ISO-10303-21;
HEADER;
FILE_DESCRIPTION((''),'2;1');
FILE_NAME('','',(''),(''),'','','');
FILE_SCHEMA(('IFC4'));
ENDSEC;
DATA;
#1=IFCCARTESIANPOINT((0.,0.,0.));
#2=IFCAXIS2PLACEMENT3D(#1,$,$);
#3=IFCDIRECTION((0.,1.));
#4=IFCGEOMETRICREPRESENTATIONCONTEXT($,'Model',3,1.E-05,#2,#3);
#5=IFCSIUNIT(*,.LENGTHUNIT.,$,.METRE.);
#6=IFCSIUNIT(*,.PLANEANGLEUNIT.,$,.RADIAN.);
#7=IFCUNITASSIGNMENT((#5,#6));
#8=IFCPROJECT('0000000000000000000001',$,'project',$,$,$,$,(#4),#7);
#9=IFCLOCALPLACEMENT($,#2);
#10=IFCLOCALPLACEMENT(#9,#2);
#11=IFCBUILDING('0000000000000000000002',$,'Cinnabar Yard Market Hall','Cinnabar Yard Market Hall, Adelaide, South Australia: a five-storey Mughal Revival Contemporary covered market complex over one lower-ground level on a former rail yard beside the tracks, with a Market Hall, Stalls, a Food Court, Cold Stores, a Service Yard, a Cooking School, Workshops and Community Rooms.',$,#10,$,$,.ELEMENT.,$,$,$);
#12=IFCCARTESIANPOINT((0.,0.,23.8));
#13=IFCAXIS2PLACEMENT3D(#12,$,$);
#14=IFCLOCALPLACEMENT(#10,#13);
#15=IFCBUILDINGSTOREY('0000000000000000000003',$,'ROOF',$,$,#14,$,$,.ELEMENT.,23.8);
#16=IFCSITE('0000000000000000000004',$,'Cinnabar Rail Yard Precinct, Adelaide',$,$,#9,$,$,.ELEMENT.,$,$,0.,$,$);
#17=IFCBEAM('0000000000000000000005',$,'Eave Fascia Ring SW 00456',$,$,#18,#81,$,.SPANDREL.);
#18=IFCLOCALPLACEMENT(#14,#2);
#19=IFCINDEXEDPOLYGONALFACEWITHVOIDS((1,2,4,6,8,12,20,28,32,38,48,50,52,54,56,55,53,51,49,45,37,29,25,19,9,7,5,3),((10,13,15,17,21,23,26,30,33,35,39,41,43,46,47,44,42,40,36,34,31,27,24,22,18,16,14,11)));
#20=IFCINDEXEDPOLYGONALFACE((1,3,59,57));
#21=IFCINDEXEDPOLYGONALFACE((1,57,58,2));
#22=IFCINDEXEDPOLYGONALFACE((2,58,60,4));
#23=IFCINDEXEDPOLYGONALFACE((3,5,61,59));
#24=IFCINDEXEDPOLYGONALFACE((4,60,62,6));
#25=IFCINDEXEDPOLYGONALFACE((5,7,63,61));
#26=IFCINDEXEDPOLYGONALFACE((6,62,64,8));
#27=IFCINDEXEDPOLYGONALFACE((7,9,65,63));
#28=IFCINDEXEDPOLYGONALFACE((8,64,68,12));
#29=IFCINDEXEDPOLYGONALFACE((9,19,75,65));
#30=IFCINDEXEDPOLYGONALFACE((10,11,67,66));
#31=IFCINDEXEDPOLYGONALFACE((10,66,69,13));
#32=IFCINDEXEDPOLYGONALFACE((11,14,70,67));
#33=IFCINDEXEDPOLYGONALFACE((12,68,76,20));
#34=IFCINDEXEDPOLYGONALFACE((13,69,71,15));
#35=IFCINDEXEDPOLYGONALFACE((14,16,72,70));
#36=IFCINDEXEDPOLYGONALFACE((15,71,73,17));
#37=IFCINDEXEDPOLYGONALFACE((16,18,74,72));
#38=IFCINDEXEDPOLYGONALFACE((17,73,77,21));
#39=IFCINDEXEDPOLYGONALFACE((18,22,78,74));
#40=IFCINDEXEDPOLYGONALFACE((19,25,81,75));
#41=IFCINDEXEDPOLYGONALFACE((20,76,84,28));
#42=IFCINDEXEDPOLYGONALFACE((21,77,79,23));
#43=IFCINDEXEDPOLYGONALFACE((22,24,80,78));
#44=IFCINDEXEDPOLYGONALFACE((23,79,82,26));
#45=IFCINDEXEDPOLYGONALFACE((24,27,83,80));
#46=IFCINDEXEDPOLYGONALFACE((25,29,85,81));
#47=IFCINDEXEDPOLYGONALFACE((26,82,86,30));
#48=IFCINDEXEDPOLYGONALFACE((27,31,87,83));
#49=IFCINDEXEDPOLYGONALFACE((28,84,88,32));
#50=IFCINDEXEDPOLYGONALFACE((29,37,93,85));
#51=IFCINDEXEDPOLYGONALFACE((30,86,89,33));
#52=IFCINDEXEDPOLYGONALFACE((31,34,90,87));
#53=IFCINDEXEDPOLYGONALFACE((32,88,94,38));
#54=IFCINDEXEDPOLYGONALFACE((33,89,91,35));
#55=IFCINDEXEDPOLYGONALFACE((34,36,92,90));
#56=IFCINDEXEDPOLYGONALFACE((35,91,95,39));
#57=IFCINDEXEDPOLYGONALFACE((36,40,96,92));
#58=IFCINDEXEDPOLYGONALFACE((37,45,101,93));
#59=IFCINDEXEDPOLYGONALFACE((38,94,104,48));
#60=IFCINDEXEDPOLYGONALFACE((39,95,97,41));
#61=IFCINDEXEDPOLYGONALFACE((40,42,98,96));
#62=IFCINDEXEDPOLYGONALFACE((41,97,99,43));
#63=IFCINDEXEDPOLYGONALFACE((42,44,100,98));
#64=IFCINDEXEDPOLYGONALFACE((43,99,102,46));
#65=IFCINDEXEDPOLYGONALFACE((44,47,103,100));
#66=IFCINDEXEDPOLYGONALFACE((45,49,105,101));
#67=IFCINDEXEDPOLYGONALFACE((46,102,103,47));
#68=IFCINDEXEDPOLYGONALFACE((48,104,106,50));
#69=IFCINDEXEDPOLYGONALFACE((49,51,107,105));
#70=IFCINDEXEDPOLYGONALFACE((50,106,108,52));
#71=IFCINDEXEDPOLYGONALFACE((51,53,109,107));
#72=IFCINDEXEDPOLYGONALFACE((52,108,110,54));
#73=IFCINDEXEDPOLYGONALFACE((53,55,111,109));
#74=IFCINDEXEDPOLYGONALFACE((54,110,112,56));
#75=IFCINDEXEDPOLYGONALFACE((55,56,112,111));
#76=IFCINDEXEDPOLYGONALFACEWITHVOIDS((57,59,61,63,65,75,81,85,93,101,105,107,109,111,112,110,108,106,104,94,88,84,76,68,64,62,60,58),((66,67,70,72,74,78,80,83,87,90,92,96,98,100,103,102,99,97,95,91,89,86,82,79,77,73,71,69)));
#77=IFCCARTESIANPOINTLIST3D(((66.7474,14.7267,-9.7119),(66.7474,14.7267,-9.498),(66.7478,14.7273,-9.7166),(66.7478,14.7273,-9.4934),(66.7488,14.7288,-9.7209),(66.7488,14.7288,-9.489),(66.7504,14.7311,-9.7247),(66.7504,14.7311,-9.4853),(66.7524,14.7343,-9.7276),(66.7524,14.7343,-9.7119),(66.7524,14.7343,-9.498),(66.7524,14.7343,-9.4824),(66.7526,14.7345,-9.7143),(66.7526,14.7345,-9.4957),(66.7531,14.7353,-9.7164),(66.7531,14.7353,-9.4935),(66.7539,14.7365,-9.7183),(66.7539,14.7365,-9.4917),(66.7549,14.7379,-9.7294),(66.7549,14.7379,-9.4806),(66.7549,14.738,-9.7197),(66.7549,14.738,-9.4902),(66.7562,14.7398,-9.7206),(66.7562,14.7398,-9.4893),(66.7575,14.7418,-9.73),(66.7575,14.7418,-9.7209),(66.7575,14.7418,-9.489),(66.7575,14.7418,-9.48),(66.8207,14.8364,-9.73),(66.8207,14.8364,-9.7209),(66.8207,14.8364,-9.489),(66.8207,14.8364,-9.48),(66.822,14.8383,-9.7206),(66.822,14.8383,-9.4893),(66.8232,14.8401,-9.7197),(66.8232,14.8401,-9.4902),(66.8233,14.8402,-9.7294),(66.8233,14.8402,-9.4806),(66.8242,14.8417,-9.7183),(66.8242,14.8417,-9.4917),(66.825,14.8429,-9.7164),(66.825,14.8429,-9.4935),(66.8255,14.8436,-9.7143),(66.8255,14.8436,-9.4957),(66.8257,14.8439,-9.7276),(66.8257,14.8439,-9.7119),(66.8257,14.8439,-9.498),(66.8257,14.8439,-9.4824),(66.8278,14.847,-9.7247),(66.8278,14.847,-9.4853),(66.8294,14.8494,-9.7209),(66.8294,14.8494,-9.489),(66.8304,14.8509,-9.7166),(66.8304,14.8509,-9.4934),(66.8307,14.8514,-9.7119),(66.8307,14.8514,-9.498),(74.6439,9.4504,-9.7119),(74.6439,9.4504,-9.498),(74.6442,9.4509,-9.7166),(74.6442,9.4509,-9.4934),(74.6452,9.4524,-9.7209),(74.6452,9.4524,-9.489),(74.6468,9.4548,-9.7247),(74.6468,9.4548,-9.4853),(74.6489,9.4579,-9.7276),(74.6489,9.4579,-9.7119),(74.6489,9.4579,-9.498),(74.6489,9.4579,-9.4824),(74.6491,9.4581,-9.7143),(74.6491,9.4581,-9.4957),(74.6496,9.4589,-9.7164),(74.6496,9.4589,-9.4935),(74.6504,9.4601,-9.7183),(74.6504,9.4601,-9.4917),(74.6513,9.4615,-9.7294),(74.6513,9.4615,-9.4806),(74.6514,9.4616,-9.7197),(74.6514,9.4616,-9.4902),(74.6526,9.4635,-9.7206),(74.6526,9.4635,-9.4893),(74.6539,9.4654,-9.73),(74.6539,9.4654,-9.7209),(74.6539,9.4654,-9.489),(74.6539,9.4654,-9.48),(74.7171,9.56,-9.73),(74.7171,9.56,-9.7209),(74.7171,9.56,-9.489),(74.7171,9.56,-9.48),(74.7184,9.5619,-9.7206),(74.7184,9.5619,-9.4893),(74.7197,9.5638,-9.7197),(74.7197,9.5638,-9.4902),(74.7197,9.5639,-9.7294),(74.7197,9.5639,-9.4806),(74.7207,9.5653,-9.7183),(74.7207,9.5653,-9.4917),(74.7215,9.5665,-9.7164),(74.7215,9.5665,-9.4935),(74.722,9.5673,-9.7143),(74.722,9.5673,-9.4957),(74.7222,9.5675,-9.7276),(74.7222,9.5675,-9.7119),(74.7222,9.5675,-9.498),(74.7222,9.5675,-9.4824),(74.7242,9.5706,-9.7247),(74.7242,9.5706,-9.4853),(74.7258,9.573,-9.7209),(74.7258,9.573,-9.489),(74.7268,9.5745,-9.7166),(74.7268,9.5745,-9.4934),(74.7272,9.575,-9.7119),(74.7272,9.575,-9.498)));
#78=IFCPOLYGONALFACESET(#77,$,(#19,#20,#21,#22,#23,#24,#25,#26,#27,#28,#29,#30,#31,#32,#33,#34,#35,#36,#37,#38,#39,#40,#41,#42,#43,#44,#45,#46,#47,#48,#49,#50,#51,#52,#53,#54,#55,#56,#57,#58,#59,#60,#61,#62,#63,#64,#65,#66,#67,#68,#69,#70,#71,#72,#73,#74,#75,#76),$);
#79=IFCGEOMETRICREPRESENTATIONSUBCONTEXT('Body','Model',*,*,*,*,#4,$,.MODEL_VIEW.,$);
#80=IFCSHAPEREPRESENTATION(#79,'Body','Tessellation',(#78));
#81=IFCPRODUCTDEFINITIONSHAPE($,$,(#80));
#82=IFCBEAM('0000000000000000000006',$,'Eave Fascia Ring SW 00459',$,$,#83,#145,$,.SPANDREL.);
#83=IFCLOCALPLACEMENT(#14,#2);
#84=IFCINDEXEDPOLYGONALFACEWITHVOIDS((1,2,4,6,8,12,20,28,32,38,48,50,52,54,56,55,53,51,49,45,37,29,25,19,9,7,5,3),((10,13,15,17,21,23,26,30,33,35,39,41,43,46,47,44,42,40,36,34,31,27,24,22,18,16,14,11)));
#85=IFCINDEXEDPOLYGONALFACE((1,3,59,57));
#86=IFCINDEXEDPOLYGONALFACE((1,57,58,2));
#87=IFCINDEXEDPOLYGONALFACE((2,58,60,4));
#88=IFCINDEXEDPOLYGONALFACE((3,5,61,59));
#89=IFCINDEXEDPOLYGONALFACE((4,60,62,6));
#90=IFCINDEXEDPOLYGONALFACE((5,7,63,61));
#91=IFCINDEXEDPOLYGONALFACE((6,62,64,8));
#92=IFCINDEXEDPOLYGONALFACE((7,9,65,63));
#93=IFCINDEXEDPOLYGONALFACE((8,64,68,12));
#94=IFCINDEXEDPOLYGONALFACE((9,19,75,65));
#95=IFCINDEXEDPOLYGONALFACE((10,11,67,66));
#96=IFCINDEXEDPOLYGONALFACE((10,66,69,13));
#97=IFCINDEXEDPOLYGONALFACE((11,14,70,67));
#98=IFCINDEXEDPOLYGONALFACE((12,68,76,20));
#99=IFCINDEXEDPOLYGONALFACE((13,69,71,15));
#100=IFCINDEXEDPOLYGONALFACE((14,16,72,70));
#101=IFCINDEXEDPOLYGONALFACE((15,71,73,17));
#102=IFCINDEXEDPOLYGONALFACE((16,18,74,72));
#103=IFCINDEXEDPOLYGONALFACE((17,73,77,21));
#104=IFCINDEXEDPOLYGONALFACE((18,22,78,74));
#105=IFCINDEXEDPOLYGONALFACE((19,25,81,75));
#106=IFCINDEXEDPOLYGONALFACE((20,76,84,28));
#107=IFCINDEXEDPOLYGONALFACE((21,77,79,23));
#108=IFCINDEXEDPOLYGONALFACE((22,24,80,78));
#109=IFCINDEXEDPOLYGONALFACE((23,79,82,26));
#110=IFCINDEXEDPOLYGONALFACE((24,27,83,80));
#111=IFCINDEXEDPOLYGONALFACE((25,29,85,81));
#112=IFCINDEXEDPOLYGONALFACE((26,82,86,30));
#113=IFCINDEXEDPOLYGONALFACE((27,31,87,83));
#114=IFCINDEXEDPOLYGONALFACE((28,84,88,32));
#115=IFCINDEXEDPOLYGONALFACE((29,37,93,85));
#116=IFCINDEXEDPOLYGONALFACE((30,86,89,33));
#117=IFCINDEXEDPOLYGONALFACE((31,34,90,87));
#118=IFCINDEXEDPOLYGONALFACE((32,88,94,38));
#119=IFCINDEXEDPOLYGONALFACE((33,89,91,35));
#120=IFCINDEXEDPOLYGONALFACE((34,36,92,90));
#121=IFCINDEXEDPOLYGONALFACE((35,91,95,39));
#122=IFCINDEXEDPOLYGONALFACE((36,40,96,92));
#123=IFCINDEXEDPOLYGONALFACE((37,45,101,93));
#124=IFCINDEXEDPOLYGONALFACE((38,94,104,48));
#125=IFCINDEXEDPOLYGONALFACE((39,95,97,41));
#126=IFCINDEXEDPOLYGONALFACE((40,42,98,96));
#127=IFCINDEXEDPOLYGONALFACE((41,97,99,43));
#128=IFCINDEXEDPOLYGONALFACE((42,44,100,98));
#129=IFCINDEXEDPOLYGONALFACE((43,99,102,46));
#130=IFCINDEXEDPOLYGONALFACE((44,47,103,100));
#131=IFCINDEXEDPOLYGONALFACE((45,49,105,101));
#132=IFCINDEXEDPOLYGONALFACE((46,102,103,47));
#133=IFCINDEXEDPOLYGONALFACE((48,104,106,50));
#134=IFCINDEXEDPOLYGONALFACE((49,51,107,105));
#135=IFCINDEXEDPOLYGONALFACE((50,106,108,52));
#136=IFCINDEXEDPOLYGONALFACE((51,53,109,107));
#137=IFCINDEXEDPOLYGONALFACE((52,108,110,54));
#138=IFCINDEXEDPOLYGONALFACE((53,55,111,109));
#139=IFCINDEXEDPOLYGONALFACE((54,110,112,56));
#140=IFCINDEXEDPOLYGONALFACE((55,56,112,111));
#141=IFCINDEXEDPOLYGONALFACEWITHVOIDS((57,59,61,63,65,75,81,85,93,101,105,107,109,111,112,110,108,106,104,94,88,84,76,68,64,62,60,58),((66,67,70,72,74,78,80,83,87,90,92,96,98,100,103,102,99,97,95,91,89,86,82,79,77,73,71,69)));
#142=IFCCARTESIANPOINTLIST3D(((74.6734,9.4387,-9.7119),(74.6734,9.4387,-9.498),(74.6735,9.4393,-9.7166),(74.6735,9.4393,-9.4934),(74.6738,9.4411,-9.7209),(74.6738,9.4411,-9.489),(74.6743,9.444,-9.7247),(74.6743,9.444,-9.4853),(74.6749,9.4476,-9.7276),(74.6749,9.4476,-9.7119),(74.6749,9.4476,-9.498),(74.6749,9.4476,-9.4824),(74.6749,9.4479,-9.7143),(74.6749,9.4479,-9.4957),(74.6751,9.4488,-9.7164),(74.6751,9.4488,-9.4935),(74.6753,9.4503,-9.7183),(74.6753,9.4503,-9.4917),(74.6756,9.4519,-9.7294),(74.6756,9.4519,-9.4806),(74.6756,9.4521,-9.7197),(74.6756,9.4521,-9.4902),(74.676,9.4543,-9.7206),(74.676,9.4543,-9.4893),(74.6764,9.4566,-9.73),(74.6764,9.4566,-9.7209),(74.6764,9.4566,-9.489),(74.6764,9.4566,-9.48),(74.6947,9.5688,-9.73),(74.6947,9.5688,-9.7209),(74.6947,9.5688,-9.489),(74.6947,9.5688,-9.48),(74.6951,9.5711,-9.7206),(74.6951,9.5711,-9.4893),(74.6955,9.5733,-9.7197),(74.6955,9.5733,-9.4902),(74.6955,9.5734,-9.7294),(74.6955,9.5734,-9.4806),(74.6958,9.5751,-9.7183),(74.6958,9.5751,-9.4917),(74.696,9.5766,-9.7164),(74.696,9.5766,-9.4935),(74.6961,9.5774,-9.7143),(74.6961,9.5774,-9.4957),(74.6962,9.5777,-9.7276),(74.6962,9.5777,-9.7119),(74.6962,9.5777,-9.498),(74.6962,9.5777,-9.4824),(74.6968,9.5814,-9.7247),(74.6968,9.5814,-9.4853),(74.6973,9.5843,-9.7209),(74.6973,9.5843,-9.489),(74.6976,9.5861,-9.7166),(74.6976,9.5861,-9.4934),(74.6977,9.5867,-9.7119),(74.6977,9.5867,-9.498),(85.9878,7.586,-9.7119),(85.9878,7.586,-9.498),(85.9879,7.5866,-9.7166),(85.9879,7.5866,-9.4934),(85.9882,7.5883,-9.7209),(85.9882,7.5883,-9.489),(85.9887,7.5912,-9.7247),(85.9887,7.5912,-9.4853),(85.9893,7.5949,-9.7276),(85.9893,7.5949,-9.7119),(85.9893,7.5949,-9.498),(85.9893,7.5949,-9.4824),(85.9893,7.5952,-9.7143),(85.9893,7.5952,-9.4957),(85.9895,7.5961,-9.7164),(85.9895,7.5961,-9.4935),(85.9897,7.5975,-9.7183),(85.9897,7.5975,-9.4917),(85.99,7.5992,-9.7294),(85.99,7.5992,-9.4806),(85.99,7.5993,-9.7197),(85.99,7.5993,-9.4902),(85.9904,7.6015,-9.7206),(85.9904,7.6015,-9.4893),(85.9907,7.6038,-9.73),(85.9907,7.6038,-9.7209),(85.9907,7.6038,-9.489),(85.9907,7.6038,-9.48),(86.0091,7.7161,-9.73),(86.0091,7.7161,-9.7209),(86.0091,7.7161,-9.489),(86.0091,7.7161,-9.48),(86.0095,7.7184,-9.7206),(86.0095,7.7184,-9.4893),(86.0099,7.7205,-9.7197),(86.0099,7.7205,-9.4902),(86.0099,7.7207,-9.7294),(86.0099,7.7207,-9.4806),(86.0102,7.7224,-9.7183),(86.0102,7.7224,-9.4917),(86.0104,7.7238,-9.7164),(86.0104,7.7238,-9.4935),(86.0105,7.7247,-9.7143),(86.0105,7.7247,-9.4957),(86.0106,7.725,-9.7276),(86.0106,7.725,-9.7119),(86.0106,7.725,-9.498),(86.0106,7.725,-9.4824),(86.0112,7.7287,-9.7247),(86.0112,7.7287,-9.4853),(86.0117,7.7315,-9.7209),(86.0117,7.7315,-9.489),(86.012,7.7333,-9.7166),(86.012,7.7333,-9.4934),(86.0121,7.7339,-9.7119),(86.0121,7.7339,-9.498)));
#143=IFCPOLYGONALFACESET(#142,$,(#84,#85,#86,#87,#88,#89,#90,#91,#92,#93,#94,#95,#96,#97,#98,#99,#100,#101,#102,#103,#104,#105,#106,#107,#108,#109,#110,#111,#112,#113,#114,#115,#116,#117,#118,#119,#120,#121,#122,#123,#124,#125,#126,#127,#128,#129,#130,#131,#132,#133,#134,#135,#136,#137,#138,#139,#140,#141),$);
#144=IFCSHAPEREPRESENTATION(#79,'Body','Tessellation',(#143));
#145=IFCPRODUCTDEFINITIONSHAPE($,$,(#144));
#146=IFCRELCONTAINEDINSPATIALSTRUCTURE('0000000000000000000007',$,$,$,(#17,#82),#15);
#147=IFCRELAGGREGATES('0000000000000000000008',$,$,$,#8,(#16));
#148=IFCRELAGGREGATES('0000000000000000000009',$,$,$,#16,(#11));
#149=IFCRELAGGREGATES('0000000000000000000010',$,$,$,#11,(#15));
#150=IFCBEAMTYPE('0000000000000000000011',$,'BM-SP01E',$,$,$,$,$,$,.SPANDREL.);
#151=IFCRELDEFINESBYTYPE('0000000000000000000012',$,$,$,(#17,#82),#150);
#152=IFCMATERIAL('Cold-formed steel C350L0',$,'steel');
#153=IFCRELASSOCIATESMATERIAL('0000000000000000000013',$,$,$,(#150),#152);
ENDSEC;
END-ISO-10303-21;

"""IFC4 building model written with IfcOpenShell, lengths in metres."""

from ifc_helpers import new_model, si_unit, direction, frame, origin, origin_2d_with_axis, place, context, subcontext, project, spatial, hollow_rectangle, extrude, material, material_profile, profile_set, type_object, element, save


model = new_model("IFC4")

# Units and contexts
model_context = context("Model", 3, precision=1e-05, world=origin(), true_north=direction((0.0, 1.0)))
body_context = subcontext(model_context, "Body", "Model", "MODEL_VIEW")
ifc_project = project(units=[si_unit("LENGTHUNIT", "METRE"), si_unit("PLANEANGLEUNIT", "RADIAN")], contexts=[model_context])

# Site, building, storey
site_placement = place(None, origin())
site = spatial("IfcSite", under=ifc_project, at=site_placement, Name="Cinnabar Rail Yard Precinct, Adelaide", CompositionType="ELEMENT", RefElevation=0.0)
building_placement = place(site_placement, origin())
building = spatial("IfcBuilding", under=site, at=building_placement, Name="Cinnabar Yard Market Hall", Description="Cinnabar Yard Market Hall, Adelaide, South Australia: a five-storey Mughal Revival Contemporary covered market complex over one lower-ground level on a former rail yard beside the tracks, with a Market Hall, Stalls, a Food Court, Cold Stores, a Service Yard, a Cooking School, Workshops and Community Rooms.", CompositionType="ELEMENT")
storey_placement = place(building_placement, frame((0.0, 0.0, 23.8)))
storey = spatial("IfcBuildingStorey", under=building, at=storey_placement, Name="ROOF", CompositionType="ELEMENT", Elevation=23.8)

# Beams
ifc_material_1 = material(Name="Cold-formed steel C350L0", Category="steel")
ifc_material_profile_1 = material_profile(ifc_material_1, hollow_rectangle(XDim=0.1499, YDim=0.25, WallThickness=0.009, InnerFilletRadius=0.009, OuterFilletRadius=0.0181, at=origin_2d_with_axis()), Name="250x150x9.0RHS")
ifc_profile_set_1 = profile_set([ifc_material_profile_1], Name="Cold-formed steel C350L0")
beam_type_1 = type_object("IfcBeamType", Name="BM-SP01E", PredefinedType="SPANDREL", material=ifc_profile_set_1)
for number, where, z_axis, x_axis, name in (
    (1, (66.7891, 14.7891, -9.605), (0.831465, -0.555578, 0.0), (0.555578, 0.831465, 0.0), "Eave Fascia Ring SW 00456"),
):
    element("IfcBeam", number, at=place(storey_placement, frame(where, z_axis=z_axis, x_axis=x_axis)), inside=storey, type_object=beam_type_1, Name=name, PredefinedType="SPANDREL", context=body_context, shape_type="SweptSolid", body=[
        extrude(hollow_rectangle(XDim=0.1499, YDim=0.25, WallThickness=0.009, InnerFilletRadius=0.009, OuterFilletRadius=0.0181, at=origin_2d_with_axis()), origin(), (0.0, 0.0, 1.0), 9.4971),
    ])
beam_1_placement = place(storey_placement, frame((74.6855, 9.5127, -9.605), z_axis=(0.986856, -0.161601, 0.0), x_axis=(0.161601, 0.986856, 0.0)))
element("IfcBeam", 2, at=beam_1_placement, inside=storey, type_object=beam_type_1, Name="Eave Fascia Ring SW 00459", PredefinedType="SPANDREL", context=body_context, shape_type="SweptSolid", body=[
    extrude(hollow_rectangle(XDim=0.1499, YDim=0.25, WallThickness=0.009, InnerFilletRadius=0.009, OuterFilletRadius=0.0181, at=origin_2d_with_axis()), origin(), (0.0, 0.0, 1.0), 11.4651),
])

save(model, "model.ifc")
